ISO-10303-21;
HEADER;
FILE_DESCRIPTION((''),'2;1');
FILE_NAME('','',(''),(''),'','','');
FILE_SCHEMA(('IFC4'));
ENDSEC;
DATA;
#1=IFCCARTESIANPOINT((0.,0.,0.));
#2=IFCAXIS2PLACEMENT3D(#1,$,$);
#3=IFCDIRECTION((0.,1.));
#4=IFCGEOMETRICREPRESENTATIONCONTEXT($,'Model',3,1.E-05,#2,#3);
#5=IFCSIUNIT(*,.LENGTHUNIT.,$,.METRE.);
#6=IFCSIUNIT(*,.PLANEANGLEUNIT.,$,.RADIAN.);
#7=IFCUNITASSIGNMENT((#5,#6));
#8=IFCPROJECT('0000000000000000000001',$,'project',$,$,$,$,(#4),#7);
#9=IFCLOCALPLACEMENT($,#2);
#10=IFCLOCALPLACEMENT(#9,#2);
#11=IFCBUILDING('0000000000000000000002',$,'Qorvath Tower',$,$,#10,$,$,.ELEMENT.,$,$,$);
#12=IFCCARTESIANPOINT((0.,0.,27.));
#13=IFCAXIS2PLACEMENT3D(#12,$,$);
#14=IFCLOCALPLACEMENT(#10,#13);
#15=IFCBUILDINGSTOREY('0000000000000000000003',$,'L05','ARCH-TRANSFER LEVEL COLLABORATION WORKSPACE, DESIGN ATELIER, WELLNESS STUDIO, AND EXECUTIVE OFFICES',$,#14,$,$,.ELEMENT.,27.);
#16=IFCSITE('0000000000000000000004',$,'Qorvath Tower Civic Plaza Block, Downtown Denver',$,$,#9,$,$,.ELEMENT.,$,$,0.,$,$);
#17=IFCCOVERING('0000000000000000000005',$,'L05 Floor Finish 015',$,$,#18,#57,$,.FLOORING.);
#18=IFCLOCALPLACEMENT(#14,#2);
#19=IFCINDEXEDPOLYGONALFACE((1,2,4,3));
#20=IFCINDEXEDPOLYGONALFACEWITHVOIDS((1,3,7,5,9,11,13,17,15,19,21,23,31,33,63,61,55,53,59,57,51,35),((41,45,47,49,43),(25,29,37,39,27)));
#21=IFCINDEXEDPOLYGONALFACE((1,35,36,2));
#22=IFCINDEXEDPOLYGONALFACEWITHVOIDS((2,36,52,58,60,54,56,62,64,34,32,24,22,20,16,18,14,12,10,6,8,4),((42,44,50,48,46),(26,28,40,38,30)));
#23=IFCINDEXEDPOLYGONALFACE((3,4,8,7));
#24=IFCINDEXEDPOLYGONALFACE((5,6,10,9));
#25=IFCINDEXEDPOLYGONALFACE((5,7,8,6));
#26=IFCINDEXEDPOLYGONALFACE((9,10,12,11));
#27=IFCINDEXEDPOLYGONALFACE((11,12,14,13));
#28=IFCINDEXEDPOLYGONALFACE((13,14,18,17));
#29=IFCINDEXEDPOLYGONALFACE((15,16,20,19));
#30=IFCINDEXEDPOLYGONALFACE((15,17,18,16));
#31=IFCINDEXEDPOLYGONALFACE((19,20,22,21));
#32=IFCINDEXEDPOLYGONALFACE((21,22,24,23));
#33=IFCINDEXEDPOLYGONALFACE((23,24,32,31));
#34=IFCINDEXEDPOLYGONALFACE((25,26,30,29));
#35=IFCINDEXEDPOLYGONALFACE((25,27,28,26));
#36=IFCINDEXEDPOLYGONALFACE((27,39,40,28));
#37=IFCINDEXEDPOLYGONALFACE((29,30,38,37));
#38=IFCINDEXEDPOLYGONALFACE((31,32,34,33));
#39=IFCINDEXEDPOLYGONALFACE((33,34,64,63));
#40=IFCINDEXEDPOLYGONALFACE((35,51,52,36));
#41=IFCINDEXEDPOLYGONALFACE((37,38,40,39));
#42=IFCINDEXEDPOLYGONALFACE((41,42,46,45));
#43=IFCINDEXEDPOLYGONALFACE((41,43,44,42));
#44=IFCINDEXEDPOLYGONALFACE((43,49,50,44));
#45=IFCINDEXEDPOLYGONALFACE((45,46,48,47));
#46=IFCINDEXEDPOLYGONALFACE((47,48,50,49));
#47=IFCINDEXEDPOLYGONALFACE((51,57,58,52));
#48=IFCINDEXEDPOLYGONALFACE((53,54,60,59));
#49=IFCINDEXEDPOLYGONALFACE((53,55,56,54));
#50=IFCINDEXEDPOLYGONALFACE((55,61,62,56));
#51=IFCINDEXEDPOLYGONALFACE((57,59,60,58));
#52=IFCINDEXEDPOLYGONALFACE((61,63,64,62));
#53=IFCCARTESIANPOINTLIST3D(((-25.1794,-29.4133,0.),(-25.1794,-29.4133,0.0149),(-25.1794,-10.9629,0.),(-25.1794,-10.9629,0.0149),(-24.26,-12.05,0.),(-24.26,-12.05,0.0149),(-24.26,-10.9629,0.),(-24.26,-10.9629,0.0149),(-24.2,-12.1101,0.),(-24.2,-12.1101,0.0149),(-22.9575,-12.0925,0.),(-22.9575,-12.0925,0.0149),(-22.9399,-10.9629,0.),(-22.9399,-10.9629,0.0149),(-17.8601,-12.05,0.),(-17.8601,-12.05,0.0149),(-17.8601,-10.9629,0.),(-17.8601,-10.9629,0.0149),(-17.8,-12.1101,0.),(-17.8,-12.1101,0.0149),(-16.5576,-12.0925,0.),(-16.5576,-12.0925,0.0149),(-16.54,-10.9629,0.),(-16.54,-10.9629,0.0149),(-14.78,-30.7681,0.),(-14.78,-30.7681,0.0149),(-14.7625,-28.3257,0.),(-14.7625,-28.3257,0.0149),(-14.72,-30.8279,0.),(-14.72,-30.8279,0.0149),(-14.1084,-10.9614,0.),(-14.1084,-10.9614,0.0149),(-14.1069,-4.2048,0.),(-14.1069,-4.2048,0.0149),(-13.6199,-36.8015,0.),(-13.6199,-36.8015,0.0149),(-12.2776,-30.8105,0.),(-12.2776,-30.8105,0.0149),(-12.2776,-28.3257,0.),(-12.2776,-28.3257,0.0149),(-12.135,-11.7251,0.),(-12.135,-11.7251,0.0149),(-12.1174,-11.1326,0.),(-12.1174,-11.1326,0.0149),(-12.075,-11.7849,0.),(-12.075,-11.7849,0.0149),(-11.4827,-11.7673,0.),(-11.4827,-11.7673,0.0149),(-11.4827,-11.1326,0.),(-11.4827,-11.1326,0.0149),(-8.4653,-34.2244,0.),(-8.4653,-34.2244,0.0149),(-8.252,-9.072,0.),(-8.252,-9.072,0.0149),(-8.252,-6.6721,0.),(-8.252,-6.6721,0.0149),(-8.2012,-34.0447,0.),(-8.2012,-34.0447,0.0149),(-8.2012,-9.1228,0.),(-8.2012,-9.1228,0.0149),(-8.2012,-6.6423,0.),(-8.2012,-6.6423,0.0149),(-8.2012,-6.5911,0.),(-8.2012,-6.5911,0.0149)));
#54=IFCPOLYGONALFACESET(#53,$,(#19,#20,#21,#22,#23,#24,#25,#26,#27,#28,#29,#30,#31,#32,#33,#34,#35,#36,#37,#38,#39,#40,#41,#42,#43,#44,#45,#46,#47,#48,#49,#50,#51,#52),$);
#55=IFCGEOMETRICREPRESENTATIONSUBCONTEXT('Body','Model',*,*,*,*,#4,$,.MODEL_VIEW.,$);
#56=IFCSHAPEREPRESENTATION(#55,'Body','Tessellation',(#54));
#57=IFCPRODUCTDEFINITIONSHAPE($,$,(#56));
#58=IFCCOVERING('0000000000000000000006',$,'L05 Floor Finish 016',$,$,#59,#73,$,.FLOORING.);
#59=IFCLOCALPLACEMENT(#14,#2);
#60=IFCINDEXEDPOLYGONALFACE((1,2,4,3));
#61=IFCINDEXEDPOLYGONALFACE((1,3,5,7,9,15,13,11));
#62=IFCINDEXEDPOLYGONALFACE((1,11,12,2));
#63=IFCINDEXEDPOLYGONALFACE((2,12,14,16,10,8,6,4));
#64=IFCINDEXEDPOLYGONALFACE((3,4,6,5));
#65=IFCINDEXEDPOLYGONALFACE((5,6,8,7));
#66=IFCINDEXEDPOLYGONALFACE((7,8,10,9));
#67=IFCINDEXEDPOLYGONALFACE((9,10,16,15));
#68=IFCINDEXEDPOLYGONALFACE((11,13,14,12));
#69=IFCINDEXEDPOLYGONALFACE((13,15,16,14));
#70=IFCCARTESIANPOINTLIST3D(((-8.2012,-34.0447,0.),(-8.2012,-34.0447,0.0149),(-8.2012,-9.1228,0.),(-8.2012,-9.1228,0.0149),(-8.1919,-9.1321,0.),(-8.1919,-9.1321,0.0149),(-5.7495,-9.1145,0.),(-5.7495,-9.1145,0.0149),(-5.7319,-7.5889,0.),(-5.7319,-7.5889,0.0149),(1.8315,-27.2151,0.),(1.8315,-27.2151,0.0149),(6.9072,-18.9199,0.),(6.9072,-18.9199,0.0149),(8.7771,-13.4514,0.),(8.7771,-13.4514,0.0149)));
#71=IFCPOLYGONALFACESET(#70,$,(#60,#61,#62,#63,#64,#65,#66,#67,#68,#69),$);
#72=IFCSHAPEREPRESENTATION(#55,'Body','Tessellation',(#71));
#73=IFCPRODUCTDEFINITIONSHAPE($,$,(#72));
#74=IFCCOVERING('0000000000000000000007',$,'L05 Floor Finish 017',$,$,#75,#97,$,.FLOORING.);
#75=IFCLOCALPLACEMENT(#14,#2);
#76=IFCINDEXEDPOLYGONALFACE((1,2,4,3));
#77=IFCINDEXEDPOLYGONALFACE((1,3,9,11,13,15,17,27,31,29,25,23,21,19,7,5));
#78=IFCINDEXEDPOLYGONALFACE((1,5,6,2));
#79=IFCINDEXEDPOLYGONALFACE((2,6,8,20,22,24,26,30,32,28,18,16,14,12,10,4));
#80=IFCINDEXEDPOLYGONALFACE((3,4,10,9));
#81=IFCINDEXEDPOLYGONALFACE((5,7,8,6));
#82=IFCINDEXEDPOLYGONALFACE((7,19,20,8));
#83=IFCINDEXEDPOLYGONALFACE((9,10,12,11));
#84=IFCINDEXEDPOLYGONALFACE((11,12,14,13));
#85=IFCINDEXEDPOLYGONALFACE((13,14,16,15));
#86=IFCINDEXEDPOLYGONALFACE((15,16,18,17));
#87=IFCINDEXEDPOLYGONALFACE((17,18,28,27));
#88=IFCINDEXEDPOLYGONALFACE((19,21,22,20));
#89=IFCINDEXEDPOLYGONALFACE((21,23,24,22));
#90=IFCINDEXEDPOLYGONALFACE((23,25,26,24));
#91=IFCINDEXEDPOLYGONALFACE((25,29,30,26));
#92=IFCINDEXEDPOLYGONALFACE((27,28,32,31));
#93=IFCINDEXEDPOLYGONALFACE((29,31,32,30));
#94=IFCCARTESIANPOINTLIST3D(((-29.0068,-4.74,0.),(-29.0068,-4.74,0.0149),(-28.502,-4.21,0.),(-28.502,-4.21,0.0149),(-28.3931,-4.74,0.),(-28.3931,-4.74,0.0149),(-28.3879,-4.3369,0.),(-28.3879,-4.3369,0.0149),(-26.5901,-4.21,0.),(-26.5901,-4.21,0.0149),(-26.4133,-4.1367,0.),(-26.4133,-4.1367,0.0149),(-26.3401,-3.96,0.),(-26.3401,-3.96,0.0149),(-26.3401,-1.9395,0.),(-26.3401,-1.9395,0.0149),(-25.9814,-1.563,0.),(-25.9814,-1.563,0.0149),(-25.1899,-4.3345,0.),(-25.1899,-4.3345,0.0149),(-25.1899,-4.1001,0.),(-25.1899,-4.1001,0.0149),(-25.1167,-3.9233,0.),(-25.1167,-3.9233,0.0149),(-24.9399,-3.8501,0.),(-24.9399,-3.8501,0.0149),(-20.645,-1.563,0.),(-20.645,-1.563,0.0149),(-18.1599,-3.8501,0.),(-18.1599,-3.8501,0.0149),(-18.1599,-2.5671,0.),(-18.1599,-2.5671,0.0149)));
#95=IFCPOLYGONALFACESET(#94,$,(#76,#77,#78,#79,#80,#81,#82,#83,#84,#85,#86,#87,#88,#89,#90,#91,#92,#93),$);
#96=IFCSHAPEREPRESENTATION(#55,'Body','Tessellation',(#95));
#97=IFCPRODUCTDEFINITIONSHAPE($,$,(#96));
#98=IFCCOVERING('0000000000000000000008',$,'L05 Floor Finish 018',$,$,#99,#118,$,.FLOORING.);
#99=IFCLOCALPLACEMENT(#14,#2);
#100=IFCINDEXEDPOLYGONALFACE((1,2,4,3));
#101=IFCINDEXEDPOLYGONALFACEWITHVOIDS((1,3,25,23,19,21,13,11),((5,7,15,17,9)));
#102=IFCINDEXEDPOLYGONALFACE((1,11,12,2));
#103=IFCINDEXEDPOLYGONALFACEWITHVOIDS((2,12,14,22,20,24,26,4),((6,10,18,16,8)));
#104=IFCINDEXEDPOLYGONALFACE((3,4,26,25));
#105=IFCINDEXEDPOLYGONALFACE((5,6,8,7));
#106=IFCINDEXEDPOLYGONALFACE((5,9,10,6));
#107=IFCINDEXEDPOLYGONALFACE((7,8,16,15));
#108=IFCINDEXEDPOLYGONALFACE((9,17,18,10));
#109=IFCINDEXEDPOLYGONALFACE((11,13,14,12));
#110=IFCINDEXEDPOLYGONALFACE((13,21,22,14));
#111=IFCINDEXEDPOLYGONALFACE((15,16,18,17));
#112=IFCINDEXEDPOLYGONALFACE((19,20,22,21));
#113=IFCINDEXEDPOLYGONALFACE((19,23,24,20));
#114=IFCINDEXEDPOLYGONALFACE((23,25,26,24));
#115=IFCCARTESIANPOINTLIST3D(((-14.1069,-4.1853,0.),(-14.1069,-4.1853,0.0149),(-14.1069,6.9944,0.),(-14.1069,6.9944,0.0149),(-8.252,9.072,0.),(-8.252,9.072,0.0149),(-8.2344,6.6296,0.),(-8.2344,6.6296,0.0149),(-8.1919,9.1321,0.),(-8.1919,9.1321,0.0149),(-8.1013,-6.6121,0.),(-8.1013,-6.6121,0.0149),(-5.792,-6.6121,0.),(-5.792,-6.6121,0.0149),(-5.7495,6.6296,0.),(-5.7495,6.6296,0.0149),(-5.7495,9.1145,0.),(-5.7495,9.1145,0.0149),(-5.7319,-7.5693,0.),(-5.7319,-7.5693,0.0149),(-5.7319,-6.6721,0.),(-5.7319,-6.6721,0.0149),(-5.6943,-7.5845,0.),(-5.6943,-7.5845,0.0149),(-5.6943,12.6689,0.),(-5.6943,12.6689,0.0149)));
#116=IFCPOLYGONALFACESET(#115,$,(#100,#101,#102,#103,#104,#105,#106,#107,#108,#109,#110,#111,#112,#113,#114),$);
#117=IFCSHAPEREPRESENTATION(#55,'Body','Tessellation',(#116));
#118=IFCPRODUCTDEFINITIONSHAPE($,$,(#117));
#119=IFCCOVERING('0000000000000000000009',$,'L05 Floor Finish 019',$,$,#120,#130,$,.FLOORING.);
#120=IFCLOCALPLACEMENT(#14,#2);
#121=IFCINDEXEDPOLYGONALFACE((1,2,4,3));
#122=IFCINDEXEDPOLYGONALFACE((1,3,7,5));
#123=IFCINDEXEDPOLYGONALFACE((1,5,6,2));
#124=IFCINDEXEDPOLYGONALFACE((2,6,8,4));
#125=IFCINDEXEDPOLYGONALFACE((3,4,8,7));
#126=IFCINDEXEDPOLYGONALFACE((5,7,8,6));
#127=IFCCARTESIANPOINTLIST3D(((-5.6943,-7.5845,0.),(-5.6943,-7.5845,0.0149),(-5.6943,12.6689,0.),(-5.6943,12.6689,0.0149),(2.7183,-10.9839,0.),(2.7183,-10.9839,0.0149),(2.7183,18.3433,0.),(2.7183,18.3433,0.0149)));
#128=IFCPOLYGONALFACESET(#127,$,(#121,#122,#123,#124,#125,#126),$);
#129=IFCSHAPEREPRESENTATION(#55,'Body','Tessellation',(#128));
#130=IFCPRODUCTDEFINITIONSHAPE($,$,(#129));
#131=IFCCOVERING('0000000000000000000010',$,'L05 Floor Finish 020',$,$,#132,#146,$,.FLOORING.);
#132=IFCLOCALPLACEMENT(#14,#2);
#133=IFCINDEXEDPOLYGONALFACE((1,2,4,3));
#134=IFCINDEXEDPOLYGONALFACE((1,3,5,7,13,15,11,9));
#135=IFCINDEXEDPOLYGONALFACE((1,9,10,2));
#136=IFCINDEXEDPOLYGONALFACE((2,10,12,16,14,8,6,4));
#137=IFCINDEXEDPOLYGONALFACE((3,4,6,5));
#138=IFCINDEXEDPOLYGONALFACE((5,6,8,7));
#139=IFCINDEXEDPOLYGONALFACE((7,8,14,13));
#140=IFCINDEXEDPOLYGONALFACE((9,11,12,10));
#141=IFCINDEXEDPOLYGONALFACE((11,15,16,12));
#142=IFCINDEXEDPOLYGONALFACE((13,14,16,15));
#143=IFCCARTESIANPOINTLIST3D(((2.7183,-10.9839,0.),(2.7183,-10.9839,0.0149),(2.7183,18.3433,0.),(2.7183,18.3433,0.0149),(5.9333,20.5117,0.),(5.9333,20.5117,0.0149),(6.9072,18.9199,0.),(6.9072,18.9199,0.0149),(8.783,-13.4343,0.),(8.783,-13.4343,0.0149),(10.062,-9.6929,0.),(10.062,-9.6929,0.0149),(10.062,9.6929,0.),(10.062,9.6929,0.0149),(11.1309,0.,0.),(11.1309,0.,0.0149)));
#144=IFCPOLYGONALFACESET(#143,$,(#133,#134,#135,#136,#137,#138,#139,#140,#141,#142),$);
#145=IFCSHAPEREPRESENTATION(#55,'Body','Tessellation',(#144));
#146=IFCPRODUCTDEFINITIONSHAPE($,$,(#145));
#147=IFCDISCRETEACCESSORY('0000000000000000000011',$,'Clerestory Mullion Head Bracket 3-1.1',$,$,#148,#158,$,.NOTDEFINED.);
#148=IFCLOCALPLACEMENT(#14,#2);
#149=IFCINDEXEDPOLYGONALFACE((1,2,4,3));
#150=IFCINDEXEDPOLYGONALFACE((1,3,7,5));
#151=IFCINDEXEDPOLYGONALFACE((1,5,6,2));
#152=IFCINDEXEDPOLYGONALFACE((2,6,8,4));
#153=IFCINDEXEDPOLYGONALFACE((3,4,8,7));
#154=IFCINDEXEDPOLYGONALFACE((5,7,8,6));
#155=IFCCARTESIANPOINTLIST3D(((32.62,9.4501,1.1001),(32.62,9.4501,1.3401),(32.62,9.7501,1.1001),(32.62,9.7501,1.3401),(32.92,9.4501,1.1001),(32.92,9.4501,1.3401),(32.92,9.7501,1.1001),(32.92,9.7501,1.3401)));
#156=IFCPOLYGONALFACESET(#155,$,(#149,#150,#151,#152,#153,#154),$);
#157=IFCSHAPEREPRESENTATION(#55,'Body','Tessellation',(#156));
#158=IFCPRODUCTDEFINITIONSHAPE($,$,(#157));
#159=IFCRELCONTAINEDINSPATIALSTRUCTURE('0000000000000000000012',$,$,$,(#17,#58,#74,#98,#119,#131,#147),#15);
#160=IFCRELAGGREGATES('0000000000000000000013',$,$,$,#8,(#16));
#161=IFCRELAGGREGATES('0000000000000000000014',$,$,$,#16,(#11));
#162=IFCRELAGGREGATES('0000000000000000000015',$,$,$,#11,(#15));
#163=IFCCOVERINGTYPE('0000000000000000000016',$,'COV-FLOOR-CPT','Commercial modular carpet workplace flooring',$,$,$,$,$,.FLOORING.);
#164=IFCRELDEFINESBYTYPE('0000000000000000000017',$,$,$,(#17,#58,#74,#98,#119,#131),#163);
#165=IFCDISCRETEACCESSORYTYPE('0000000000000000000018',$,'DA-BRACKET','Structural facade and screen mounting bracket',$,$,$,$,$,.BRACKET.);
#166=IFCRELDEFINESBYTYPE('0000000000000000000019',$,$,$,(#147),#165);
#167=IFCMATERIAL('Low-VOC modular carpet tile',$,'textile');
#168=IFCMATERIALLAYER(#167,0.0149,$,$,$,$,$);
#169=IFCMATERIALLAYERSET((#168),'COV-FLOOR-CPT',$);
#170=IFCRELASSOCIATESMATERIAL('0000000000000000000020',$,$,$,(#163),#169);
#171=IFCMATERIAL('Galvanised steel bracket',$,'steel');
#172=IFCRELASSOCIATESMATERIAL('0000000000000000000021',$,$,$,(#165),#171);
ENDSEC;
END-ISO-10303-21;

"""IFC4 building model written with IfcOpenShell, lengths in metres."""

from ifc_helpers import new_model, si_unit, direction, frame, origin, origin_2d, place, context, subcontext, project, spatial, polyline, rectangle, outline, extrude, material, layer, layer_set, type_object, element, save


model = new_model("IFC4")

# Units and contexts
model_context = context("Model", 3, precision=1e-05, world=origin(), true_north=direction((0.0, 1.0)))
body_context = subcontext(model_context, "Body", "Model", "MODEL_VIEW")
ifc_project = project(units=[si_unit("LENGTHUNIT", "METRE"), si_unit("PLANEANGLEUNIT", "RADIAN")], contexts=[model_context])

# Site, building, storey
site_placement = place(None, origin())
site = spatial("IfcSite", under=ifc_project, at=site_placement, Name="Qorvath Tower Civic Plaza Block, Downtown Denver", CompositionType="ELEMENT", RefElevation=0.0)
building_placement = place(site_placement, origin())
building = spatial("IfcBuilding", under=site, at=building_placement, Name="Qorvath Tower", CompositionType="ELEMENT")
storey_placement = place(building_placement, frame((0.0, 0.0, 27.0)))
storey = spatial("IfcBuildingStorey", under=building, at=storey_placement, Name="L05", Description="ARCH-TRANSFER LEVEL COLLABORATION WORKSPACE, DESIGN ATELIER, WELLNESS STUDIO, AND EXECUTIVE OFFICES", CompositionType="ELEMENT", Elevation=27.0)

# Coverings
ifc_material_1 = material(Name="Low-VOC modular carpet tile", Category="textile")
ifc_layer_1 = layer(ifc_material_1, 0.0149)
ifc_layer_set_1 = layer_set([ifc_layer_1], Name="COV-FLOOR-CPT")
covering_type = type_object("IfcCoveringType", Name="COV-FLOOR-CPT", Description="Commercial modular carpet workplace flooring", PredefinedType="FLOORING", material=ifc_layer_set_1)
covering_1_placement = place(storey_placement, origin())
element("IfcCovering", 1, at=covering_1_placement, inside=storey, type_object=covering_type, Name="L05 Floor Finish 015", PredefinedType="FLOORING", context=body_context, shape_type="SweptSolid", body=[
    extrude(outline(polyline([(-17.8601, -12.05), (-17.8601, -10.9629), (-22.9399, -10.9629), (-22.9575, -12.0925), (-24.2, -12.1101), (-24.26, -12.05), (-24.26, -10.9629), (-25.1794, -10.9629), (-25.1794, -29.4133), (-13.6199, -36.8015), (-8.4653, -34.2244), (-8.2012, -34.0447), (-8.2012, -9.1228), (-8.252, -9.072), (-8.252, -6.6721), (-8.2012, -6.6423), (-8.2012, -6.5911), (-14.1069, -4.2048), (-14.1084, -10.9614), (-16.54, -10.9629), (-16.5576, -12.0925), (-17.8, -12.1101), (-17.8601, -12.05)]), holes=[polyline([(-12.135, -11.7251), (-12.1174, -11.1326), (-11.4827, -11.1326), (-11.4827, -11.7673), (-12.075, -11.7849), (-12.135, -11.7251)]), polyline([(-14.78, -30.7681), (-14.7625, -28.3257), (-12.2776, -28.3257), (-12.2776, -30.8105), (-14.72, -30.8279), (-14.78, -30.7681)])]), origin(), (0.0, 0.0, 1.0), 0.0149),
])
covering_2_placement = place(storey_placement, origin())
element("IfcCovering", 2, at=covering_2_placement, inside=storey, type_object=covering_type, Name="L05 Floor Finish 016", PredefinedType="FLOORING", context=body_context, shape_type="SweptSolid", body=[
    extrude(outline(polyline([(-8.2012, -9.1228), (-8.2012, -34.0447), (1.8315, -27.2151), (6.9072, -18.9199), (8.7771, -13.4514), (-5.7319, -7.5889), (-5.7495, -9.1145), (-8.1919, -9.1321), (-8.2012, -9.1228)])), origin(), (0.0, 0.0, 1.0), 0.0149),
])
covering_3_placement = place(storey_placement, origin())
element("IfcCovering", 3, at=covering_3_placement, inside=storey, type_object=covering_type, Name="L05 Floor Finish 017", PredefinedType="FLOORING", context=body_context, shape_type="SweptSolid", body=[
    extrude(outline(polyline([(-25.1899, -4.3345), (-25.1899, -4.1001), (-25.1167, -3.9233), (-24.9399, -3.8501), (-18.1599, -3.8501), (-18.1599, -2.5671), (-20.645, -1.563), (-25.9814, -1.563), (-26.3401, -1.9395), (-26.3401, -3.96), (-26.4133, -4.1367), (-26.5901, -4.21), (-28.502, -4.21), (-29.0068, -4.74), (-28.3931, -4.74), (-28.3879, -4.3369), (-25.1899, -4.3345)])), origin(), (0.0, 0.0, 1.0), 0.0149),
])
covering_4_placement = place(storey_placement, origin())
element("IfcCovering", 4, at=covering_4_placement, inside=storey, type_object=covering_type, Name="L05 Floor Finish 018", PredefinedType="FLOORING", context=body_context, shape_type="SweptSolid", body=[
    extrude(outline(polyline([(-5.6943, -7.5845), (-5.6943, 12.6689), (-14.1069, 6.9944), (-14.1069, -4.1853), (-8.1013, -6.6121), (-5.792, -6.6121), (-5.7319, -6.6721), (-5.7319, -7.5693), (-5.6943, -7.5845)]), holes=[polyline([(-8.252, 9.072), (-8.1919, 9.1321), (-5.7495, 9.1145), (-5.7495, 6.6296), (-8.2344, 6.6296), (-8.252, 9.072)])]), origin(), (0.0, 0.0, 1.0), 0.0149),
])
covering_5_placement = place(storey_placement, origin())
element("IfcCovering", 5, at=covering_5_placement, inside=storey, type_object=covering_type, Name="L05 Floor Finish 019", PredefinedType="FLOORING", context=body_context, shape_type="SweptSolid", body=[
    extrude(outline(polyline([(2.7183, -10.9839), (2.7183, 18.3433), (-5.6943, 12.6689), (-5.6943, -7.5845), (2.7183, -10.9839)])), origin(), (0.0, 0.0, 1.0), 0.0149),
])
covering_6_placement = place(storey_placement, origin())
element("IfcCovering", 6, at=covering_6_placement, inside=storey, type_object=covering_type, Name="L05 Floor Finish 020", PredefinedType="FLOORING", context=body_context, shape_type="SweptSolid", body=[
    extrude(outline(polyline([(11.1309, 0.0), (10.062, 9.6929), (6.9072, 18.9199), (5.9333, 20.5117), (2.7183, 18.3433), (2.7183, -10.9839), (8.783, -13.4343), (10.062, -9.6929), (11.1309, 0.0)])), origin(), (0.0, 0.0, 1.0), 0.0149),
])

# Discrete accessory
ifc_material_2 = material(Name="Galvanised steel bracket", Category="steel")
discrete_accessory_type = type_object("IfcDiscreteAccessoryType", Name="DA-BRACKET", Description="Structural facade and screen mounting bracket", PredefinedType="BRACKET", material=ifc_material_2)
discrete_accessory_placement = place(storey_placement, frame((32.77, 9.6001, 1.1001), z_axis=(0.0, 0.0, 1.0), x_axis=(1.0, 0.0, 0.0)))
element("IfcDiscreteAccessory", 7, at=discrete_accessory_placement, inside=storey, type_object=discrete_accessory_type, Name="Clerestory Mullion Head Bracket 3-1.1", PredefinedType="NOTDEFINED", context=body_context, shape_type="SweptSolid", body=[
    extrude(rectangle(XDim=0.3, YDim=0.3, at=origin_2d()), origin(), (0.0, 0.0, 1.0), 0.24),
])

save(model, "model.ifc")
